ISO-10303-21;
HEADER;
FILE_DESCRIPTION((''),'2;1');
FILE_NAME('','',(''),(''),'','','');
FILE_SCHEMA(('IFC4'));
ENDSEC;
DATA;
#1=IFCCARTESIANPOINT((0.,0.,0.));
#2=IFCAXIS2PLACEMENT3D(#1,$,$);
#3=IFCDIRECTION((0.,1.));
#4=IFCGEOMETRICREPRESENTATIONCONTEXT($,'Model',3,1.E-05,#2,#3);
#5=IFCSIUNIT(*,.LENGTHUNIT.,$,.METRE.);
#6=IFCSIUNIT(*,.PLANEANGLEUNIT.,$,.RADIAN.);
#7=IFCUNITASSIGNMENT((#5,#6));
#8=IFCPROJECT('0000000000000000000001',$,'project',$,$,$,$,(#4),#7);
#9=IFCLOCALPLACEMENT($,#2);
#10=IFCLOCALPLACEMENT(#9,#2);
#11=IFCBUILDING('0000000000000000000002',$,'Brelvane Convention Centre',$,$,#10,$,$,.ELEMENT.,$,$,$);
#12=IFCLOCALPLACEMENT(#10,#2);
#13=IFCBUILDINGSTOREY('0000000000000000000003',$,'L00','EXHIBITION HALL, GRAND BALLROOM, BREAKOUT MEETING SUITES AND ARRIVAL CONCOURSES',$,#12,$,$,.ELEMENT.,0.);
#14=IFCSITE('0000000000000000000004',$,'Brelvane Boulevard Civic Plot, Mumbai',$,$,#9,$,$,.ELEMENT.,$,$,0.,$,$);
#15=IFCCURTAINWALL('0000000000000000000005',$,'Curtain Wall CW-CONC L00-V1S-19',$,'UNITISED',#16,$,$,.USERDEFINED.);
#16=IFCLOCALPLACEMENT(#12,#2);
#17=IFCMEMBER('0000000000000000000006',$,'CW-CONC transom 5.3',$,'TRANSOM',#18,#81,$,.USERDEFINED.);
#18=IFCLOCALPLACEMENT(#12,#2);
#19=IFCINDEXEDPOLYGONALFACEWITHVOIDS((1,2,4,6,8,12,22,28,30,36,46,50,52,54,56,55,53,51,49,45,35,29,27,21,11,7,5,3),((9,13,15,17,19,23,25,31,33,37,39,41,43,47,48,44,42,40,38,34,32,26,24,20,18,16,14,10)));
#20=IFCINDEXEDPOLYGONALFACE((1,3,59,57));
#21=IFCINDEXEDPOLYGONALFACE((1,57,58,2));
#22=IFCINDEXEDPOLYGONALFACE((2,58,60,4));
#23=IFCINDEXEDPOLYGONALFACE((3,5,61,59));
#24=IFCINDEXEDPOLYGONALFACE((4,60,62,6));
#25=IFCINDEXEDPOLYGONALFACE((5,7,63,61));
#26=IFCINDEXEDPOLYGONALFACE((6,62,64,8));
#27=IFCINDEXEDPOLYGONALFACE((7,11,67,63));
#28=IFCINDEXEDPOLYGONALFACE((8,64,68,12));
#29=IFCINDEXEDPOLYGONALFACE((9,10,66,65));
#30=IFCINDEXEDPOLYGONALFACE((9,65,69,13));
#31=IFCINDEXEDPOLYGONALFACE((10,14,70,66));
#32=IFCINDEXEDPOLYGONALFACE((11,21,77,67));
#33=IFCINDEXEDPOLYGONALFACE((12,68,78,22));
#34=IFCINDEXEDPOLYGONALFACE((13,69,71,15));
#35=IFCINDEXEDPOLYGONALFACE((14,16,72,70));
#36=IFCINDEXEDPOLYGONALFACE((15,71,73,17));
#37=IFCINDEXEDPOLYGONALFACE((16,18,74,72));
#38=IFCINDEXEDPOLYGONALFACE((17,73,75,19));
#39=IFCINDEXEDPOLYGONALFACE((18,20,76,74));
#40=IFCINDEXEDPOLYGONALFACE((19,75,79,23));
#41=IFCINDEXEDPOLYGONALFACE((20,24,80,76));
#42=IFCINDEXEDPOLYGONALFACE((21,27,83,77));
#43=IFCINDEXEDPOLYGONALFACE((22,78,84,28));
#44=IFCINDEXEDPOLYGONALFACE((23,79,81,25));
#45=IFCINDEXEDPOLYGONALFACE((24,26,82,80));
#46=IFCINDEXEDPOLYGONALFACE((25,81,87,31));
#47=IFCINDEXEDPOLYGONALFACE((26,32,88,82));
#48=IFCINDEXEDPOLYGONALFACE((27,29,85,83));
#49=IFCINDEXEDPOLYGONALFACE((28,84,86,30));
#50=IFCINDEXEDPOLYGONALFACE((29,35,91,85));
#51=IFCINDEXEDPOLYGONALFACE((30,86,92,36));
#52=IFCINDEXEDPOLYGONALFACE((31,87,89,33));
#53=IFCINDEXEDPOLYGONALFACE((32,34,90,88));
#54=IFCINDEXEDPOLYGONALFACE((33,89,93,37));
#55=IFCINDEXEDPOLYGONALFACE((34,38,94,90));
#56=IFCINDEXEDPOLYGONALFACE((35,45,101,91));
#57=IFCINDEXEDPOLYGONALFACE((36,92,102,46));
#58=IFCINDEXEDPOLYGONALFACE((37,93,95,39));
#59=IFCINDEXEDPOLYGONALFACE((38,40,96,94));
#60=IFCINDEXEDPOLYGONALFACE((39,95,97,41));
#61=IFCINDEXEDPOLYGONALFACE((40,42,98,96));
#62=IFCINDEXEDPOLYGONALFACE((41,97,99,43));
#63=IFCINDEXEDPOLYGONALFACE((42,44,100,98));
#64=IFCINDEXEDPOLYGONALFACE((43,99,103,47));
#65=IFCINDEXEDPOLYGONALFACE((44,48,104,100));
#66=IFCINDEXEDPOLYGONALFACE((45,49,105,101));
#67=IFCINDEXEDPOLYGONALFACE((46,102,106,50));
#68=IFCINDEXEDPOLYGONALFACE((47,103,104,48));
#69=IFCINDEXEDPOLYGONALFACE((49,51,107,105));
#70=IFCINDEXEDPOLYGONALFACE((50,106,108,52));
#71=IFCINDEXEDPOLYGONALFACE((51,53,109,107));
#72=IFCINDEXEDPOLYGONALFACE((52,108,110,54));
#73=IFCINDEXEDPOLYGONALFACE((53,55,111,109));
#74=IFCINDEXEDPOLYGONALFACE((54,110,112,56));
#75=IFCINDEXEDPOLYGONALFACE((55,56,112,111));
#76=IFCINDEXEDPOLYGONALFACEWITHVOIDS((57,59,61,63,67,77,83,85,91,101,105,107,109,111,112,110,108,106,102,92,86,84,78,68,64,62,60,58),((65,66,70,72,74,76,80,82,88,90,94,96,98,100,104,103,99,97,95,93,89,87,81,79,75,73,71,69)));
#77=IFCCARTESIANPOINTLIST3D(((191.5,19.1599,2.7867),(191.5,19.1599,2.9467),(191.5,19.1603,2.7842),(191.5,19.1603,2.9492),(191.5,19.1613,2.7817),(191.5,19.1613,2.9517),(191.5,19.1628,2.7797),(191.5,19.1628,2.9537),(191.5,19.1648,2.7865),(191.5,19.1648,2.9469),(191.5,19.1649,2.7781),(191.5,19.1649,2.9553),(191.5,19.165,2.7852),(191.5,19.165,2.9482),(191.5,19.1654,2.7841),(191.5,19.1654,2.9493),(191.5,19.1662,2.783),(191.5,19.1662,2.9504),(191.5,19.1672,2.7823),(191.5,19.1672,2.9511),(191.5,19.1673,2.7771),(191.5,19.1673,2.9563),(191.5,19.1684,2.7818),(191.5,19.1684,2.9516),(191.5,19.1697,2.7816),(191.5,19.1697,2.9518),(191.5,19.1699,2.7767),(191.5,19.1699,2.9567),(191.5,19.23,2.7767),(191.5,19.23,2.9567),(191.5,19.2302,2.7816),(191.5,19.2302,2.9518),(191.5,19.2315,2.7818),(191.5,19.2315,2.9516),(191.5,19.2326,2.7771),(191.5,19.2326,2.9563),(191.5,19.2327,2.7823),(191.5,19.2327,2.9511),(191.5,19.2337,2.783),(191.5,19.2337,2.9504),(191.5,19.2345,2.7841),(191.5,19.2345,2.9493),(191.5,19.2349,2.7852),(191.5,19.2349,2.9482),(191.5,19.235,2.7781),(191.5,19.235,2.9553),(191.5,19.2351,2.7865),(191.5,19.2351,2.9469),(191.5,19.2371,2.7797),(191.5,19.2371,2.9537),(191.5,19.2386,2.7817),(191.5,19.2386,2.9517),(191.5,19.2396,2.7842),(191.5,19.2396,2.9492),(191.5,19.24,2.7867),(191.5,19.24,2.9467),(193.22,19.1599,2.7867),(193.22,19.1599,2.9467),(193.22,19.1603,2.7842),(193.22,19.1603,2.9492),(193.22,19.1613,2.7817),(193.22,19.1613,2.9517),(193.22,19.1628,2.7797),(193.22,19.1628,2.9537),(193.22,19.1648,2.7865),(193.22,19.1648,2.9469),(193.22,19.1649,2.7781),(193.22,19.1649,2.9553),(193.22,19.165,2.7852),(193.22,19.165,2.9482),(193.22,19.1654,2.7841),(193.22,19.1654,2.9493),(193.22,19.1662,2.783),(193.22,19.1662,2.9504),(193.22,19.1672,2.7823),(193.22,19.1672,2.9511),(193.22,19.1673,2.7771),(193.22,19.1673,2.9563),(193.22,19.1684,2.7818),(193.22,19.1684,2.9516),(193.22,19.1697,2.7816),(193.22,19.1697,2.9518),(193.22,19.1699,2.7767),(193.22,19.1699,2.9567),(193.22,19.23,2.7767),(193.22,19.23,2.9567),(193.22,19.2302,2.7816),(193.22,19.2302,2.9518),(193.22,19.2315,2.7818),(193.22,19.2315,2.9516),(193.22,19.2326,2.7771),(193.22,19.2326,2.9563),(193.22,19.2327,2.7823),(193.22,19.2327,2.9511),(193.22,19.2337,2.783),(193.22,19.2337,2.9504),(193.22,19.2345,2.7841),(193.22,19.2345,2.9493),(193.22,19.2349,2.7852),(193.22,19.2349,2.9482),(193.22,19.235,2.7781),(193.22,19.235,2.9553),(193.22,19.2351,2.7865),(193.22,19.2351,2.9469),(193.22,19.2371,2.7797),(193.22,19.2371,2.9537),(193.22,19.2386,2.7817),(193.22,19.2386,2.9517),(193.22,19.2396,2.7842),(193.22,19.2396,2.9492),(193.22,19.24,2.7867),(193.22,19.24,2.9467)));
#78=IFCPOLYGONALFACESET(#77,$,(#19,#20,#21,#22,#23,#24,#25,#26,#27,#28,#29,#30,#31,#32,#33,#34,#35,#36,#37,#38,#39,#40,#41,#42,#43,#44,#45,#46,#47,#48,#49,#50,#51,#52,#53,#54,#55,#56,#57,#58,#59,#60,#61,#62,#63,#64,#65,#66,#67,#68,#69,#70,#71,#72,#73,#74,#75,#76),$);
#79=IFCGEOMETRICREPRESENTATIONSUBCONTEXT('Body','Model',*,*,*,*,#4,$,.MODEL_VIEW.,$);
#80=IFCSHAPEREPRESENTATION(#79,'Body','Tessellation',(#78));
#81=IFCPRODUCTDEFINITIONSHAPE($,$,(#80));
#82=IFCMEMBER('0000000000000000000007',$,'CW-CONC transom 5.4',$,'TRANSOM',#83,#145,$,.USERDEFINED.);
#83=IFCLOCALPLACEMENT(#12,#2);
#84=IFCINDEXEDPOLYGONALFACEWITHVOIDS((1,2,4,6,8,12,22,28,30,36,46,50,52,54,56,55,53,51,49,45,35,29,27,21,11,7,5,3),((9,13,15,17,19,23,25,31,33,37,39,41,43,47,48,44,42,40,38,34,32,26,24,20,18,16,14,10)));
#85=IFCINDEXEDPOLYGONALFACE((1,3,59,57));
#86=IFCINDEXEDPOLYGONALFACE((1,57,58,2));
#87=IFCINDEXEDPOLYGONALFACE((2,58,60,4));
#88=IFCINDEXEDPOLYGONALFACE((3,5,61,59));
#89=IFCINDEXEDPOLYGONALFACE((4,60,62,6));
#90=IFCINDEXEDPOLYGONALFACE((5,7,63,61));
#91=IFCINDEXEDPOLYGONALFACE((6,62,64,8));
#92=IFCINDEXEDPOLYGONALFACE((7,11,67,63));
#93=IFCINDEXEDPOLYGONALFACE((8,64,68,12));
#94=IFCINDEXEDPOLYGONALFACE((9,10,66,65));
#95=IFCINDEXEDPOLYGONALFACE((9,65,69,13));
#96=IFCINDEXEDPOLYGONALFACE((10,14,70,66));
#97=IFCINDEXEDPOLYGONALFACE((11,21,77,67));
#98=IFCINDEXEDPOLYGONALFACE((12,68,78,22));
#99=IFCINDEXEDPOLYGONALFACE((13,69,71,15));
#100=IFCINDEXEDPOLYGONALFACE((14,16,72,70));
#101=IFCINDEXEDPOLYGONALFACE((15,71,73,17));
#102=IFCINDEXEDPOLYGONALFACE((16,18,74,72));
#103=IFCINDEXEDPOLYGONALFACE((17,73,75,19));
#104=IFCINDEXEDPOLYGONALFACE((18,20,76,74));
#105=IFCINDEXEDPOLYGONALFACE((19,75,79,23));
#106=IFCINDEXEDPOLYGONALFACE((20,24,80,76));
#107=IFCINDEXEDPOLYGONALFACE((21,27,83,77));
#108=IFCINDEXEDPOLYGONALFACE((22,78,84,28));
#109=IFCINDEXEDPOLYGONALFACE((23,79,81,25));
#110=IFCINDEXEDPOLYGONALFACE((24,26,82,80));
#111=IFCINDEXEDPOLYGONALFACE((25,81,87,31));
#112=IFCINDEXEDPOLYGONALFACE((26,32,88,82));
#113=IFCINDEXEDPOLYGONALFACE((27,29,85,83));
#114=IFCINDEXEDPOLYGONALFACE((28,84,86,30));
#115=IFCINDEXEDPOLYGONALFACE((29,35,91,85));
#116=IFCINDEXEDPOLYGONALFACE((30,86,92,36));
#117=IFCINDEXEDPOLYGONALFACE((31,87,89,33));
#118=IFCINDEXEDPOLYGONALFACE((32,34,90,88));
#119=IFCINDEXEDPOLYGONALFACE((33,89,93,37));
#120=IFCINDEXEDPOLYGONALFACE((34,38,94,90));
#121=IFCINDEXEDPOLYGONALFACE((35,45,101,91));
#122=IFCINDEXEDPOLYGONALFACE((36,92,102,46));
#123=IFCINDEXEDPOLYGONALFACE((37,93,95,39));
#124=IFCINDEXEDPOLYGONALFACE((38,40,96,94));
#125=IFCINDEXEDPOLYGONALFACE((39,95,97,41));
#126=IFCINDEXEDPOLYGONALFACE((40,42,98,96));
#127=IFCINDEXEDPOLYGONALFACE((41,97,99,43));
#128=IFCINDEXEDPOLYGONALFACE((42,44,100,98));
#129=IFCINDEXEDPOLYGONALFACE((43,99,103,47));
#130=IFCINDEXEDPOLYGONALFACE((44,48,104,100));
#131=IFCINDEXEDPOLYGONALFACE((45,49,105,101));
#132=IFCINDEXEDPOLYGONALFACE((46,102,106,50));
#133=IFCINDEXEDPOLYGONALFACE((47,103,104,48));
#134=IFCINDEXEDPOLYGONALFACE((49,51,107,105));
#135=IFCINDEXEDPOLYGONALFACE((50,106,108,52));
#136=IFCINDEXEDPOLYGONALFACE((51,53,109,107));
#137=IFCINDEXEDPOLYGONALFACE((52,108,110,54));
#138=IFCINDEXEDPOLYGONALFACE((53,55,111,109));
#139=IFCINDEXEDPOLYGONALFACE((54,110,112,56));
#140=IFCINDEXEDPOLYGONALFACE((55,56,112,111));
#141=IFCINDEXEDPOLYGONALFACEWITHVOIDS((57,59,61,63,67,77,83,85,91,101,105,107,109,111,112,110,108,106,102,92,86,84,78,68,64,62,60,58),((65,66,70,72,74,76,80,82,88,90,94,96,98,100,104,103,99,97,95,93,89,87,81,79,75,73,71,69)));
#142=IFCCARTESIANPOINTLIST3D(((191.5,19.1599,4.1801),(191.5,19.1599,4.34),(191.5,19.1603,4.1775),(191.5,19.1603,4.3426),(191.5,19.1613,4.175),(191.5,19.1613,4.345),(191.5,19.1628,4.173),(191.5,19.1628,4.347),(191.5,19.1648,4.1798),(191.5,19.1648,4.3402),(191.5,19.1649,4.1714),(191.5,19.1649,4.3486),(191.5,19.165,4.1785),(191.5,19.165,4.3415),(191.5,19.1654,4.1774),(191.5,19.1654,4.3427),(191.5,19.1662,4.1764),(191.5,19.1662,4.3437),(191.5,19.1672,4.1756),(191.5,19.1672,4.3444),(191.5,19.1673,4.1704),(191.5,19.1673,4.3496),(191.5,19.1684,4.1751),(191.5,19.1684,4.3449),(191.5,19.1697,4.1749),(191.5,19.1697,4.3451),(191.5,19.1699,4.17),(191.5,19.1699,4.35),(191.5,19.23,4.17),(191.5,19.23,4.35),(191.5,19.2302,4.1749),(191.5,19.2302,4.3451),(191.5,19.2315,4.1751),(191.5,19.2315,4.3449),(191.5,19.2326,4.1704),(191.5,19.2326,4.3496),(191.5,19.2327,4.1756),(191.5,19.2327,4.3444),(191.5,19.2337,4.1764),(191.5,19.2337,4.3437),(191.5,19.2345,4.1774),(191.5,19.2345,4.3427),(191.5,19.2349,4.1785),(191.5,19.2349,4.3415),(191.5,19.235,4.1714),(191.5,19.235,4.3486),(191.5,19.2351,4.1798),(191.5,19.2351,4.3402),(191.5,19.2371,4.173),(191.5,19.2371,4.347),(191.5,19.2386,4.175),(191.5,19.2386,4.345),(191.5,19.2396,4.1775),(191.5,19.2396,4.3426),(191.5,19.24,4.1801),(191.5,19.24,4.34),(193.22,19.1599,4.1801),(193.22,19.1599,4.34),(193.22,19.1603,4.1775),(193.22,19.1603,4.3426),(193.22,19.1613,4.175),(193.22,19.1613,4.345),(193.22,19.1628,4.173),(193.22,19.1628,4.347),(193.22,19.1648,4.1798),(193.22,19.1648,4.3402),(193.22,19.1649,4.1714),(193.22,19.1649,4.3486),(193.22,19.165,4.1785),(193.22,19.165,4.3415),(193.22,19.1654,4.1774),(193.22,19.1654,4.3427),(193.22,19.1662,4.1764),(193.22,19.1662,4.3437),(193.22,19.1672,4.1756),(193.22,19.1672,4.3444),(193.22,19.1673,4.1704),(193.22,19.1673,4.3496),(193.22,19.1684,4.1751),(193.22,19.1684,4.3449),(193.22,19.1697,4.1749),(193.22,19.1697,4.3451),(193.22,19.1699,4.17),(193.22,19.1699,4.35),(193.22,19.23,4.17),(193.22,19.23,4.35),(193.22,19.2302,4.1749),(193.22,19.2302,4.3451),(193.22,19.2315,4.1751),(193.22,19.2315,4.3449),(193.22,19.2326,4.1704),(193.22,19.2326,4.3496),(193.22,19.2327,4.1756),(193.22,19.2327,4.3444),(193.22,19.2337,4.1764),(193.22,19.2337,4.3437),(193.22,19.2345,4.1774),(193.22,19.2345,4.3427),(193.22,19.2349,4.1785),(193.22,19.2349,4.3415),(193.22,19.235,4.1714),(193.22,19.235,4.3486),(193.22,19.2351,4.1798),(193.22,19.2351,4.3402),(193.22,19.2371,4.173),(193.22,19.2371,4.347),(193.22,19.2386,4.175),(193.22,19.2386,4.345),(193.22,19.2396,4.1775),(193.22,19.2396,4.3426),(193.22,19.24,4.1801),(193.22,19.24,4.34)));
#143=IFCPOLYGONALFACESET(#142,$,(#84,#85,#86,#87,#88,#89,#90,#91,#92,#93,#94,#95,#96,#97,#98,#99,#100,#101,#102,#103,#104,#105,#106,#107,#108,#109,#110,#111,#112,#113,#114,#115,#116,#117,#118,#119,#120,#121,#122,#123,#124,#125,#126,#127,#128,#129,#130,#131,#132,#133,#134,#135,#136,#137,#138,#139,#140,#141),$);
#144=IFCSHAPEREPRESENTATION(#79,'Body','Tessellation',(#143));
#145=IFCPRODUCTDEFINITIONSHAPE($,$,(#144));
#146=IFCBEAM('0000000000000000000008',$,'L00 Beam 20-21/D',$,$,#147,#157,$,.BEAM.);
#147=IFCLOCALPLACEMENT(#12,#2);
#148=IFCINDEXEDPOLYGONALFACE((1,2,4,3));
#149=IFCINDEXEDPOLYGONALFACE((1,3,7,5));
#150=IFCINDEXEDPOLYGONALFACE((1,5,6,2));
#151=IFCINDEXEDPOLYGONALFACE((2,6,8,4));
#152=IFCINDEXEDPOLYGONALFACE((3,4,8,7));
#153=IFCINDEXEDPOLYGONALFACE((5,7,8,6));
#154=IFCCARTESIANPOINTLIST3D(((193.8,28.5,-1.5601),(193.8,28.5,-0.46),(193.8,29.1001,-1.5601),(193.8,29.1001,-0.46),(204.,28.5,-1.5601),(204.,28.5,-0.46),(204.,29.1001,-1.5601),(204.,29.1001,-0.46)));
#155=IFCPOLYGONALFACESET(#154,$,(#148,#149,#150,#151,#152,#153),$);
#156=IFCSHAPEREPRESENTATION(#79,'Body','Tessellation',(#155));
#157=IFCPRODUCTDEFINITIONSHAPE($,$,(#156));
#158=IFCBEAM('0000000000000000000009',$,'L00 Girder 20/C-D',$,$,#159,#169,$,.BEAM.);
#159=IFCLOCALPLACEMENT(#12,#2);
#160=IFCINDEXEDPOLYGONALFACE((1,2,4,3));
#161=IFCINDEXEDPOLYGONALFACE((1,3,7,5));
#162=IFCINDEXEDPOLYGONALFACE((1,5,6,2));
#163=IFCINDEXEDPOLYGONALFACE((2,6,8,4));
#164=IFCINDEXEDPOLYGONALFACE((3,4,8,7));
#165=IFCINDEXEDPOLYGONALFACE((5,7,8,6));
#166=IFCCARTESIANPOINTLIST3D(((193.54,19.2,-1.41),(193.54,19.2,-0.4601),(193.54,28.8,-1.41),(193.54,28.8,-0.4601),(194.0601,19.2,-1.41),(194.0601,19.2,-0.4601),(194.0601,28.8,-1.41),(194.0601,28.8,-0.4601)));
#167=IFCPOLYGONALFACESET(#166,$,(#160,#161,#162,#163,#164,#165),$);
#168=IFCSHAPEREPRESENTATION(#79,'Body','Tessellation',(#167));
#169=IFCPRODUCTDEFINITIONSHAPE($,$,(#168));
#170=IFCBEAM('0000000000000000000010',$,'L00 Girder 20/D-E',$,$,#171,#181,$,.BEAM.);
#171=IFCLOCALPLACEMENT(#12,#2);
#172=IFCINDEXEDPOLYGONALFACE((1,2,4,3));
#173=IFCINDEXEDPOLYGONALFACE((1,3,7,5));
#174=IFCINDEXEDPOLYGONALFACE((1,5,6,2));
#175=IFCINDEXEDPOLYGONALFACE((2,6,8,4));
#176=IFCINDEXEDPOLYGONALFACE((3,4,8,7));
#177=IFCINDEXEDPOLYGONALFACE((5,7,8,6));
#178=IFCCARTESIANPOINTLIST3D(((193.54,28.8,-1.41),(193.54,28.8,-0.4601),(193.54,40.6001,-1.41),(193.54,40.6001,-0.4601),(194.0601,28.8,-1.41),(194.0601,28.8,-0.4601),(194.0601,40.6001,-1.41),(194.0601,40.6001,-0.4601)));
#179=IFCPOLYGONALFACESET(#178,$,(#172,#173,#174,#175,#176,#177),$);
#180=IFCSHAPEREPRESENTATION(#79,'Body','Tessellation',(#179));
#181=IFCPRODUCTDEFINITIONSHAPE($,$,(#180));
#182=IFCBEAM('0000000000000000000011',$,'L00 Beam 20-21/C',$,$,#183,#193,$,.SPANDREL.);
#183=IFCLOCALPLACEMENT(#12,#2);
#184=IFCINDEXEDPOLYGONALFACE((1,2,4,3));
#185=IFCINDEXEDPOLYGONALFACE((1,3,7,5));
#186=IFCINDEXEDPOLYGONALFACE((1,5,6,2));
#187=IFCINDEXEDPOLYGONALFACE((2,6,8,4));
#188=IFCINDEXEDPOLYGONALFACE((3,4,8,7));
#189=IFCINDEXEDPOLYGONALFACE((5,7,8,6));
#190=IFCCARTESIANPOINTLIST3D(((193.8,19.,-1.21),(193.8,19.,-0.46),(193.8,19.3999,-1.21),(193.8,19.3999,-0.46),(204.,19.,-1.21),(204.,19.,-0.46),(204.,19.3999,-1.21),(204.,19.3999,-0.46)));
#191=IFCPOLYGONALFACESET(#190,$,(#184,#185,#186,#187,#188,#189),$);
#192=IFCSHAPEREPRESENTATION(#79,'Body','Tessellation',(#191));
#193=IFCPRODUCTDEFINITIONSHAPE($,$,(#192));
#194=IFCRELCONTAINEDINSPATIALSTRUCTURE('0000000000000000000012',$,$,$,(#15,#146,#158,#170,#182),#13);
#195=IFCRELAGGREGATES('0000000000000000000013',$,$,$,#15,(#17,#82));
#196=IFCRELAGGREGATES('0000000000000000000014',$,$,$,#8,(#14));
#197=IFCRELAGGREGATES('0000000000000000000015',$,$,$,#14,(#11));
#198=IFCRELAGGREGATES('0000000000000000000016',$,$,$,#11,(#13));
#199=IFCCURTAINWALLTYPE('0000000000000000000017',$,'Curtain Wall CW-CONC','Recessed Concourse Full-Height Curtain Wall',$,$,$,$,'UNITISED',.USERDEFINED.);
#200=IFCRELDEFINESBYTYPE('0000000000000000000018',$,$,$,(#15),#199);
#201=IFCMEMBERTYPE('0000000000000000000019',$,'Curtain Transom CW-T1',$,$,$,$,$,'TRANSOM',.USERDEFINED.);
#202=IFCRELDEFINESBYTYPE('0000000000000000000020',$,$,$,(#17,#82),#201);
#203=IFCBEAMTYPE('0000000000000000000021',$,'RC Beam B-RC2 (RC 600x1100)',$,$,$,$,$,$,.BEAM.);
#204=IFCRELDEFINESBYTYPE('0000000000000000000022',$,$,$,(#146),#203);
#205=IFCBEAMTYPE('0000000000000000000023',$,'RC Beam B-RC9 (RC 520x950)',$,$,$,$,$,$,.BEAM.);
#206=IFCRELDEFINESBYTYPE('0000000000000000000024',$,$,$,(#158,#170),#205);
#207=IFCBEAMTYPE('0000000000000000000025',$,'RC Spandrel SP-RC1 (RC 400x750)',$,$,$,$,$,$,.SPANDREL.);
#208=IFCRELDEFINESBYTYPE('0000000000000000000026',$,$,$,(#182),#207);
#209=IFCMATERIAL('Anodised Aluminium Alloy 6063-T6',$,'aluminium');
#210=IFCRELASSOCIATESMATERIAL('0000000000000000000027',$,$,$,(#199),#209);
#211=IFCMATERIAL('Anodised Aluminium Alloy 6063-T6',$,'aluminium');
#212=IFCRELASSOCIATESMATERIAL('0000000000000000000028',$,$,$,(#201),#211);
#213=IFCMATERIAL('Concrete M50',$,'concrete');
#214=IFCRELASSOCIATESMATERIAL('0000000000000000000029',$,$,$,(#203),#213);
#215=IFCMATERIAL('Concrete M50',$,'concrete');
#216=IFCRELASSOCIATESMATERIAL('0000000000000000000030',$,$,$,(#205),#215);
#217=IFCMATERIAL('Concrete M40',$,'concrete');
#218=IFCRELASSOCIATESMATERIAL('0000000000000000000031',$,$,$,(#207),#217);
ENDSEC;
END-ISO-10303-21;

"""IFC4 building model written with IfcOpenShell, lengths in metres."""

from ifc_helpers import new_model, si_unit, direction, frame, origin, origin_2d, place, context, subcontext, project, spatial, rectangle, hollow_rectangle, extrude, material, material_profile, profile_set, type_object, element, aggregate, save


model = new_model("IFC4")

# Units and contexts
model_context = context("Model", 3, precision=1e-05, world=origin(), true_north=direction((0.0, 1.0)))
body_context = subcontext(model_context, "Body", "Model", "MODEL_VIEW")
ifc_project = project(units=[si_unit("LENGTHUNIT", "METRE"), si_unit("PLANEANGLEUNIT", "RADIAN")], contexts=[model_context])

# Site, building, storey
site_placement = place(None, origin())
site = spatial("IfcSite", under=ifc_project, at=site_placement, Name="Brelvane Boulevard Civic Plot, Mumbai", CompositionType="ELEMENT", RefElevation=0.0)
building_placement = place(site_placement, origin())
building = spatial("IfcBuilding", under=site, at=building_placement, Name="Brelvane Convention Centre", CompositionType="ELEMENT")
storey_placement = place(building_placement, origin())
storey = spatial("IfcBuildingStorey", under=building, at=storey_placement, Name="L00", Description="EXHIBITION HALL, GRAND BALLROOM, BREAKOUT MEETING SUITES AND ARRIVAL CONCOURSES", CompositionType="ELEMENT", Elevation=0.0)

# Curtain wall, members
ifc_material_1 = material(Name="Anodised Aluminium Alloy 6063-T6", Category="aluminium")
curtain_wall_type = type_object("IfcCurtainWallType", Name="Curtain Wall CW-CONC", Description="Recessed Concourse Full-Height Curtain Wall", ElementType="UNITISED", PredefinedType="USERDEFINED", material=ifc_material_1)
curtain_wall_placement = place(storey_placement, origin())
curtain_wall = element("IfcCurtainWall", 1, at=curtain_wall_placement, inside=storey, type_object=curtain_wall_type, Name="Curtain Wall CW-CONC L00-V1S-19", ObjectType="UNITISED", PredefinedType="USERDEFINED")
ifc_material_2 = material(Name="Anodised Aluminium Alloy 6063-T6", Category="aluminium")
ifc_material_profile_1 = material_profile(ifc_material_2, hollow_rectangle(XDim=0.0801, YDim=0.1799, WallThickness=0.0049, InnerFilletRadius=0.0049, OuterFilletRadius=0.01, at=origin_2d()), Name="ALU-T 180x80x5.0")
ifc_profile_set_1 = profile_set([ifc_material_profile_1], Name="Anodised Aluminium Alloy 6063-T6")
member_type_1 = type_object("IfcMemberType", Name="Curtain Transom CW-T1", ElementType="TRANSOM", PredefinedType="USERDEFINED", material=ifc_profile_set_1)
member_1_placement = place(storey_placement, frame((191.5, 19.2, 2.8667), z_axis=(1.0, 0.0, 0.0), x_axis=(0.0, 1.0, 0.0)))
member_1 = element("IfcMember", 2, at=member_1_placement, type_object=member_type_1, Name="CW-CONC transom 5.3", ObjectType="TRANSOM", PredefinedType="USERDEFINED", context=body_context, shape_type="SweptSolid", body=[
    extrude(hollow_rectangle(XDim=0.0801, YDim=0.1799, WallThickness=0.0049, InnerFilletRadius=0.0049, OuterFilletRadius=0.01, at=origin_2d()), origin(), (0.0, 0.0, 1.0), 1.72),
])
member_2_placement = place(storey_placement, frame((191.5, 19.2, 4.26), z_axis=(1.0, 0.0, 0.0), x_axis=(0.0, 1.0, 0.0)))
member_2 = element("IfcMember", 3, at=member_2_placement, type_object=member_type_1, Name="CW-CONC transom 5.4", ObjectType="TRANSOM", PredefinedType="USERDEFINED", context=body_context, shape_type="SweptSolid", body=[
    extrude(hollow_rectangle(XDim=0.0801, YDim=0.1799, WallThickness=0.0049, InnerFilletRadius=0.0049, OuterFilletRadius=0.01, at=origin_2d()), origin(), (0.0, 0.0, 1.0), 1.72),
])

# Beams
ifc_material_3 = material(Name="Concrete M50", Category="concrete")
ifc_material_profile_2 = material_profile(ifc_material_3, rectangle(XDim=0.6001, YDim=1.1001, at=origin_2d()), Name="RC 600x1100")
ifc_profile_set_2 = profile_set([ifc_material_profile_2], Name="Concrete M50")
beam_type_1 = type_object("IfcBeamType", Name="RC Beam B-RC2 (RC 600x1100)", PredefinedType="BEAM", material=ifc_profile_set_2)
beam_1_placement = place(storey_placement, frame((193.8, 28.8, -1.01), z_axis=(1.0, 0.0, 0.0), x_axis=(0.0, 1.0, 0.0)))
element("IfcBeam", 4, at=beam_1_placement, inside=storey, type_object=beam_type_1, Name="L00 Beam 20-21/D", PredefinedType="BEAM", context=body_context, shape_type="SweptSolid", body=[
    extrude(rectangle(XDim=0.6001, YDim=1.1001, at=origin_2d()), origin(), (0.0, 0.0, 1.0), 10.2),
])
ifc_material_4 = material(Name="Concrete M50", Category="concrete")
ifc_material_profile_3 = material_profile(ifc_material_4, rectangle(XDim=0.52, YDim=0.95, at=origin_2d()), Name="RC 520x950")
ifc_profile_set_3 = profile_set([ifc_material_profile_3], Name="Concrete M50")
beam_type_2 = type_object("IfcBeamType", Name="RC Beam B-RC9 (RC 520x950)", PredefinedType="BEAM", material=ifc_profile_set_3)
beam_2_placement = place(storey_placement, frame((193.8, 19.2, -0.9351), z_axis=(0.0, 1.0, 0.0), x_axis=(-1.0, 0.0, 0.0)))
element("IfcBeam", 5, at=beam_2_placement, inside=storey, type_object=beam_type_2, Name="L00 Girder 20/C-D", PredefinedType="BEAM", context=body_context, shape_type="SweptSolid", body=[
    extrude(rectangle(XDim=0.52, YDim=0.95, at=origin_2d()), origin(), (0.0, 0.0, 1.0), 9.6001),
])
beam_3_placement = place(storey_placement, frame((193.8, 28.8, -0.9351), z_axis=(0.0, 1.0, 0.0), x_axis=(-1.0, 0.0, 0.0)))
element("IfcBeam", 6, at=beam_3_placement, inside=storey, type_object=beam_type_2, Name="L00 Girder 20/D-E", PredefinedType="BEAM", context=body_context, shape_type="SweptSolid", body=[
    extrude(rectangle(XDim=0.52, YDim=0.95, at=origin_2d()), origin(), (0.0, 0.0, 1.0), 11.8),
])
ifc_material_5 = material(Name="Concrete M40", Category="concrete")
ifc_material_profile_4 = material_profile(ifc_material_5, rectangle(XDim=0.3999, YDim=0.75, at=origin_2d()), Name="RC 400x750")
ifc_profile_set_4 = profile_set([ifc_material_profile_4], Name="Concrete M40")
beam_type_3 = type_object("IfcBeamType", Name="RC Spandrel SP-RC1 (RC 400x750)", PredefinedType="SPANDREL", material=ifc_profile_set_4)
beam_4_placement = place(storey_placement, frame((193.8, 19.2, -0.835), z_axis=(1.0, 0.0, 0.0), x_axis=(0.0, 1.0, 0.0)))
element("IfcBeam", 7, at=beam_4_placement, inside=storey, type_object=beam_type_3, Name="L00 Beam 20-21/C", PredefinedType="SPANDREL", context=body_context, shape_type="SweptSolid", body=[
    extrude(rectangle(XDim=0.3999, YDim=0.75, at=origin_2d()), origin(), (0.0, 0.0, 1.0), 10.2),
])

aggregate(curtain_wall, [member_1, member_2])

save(model, "model.ifc")
